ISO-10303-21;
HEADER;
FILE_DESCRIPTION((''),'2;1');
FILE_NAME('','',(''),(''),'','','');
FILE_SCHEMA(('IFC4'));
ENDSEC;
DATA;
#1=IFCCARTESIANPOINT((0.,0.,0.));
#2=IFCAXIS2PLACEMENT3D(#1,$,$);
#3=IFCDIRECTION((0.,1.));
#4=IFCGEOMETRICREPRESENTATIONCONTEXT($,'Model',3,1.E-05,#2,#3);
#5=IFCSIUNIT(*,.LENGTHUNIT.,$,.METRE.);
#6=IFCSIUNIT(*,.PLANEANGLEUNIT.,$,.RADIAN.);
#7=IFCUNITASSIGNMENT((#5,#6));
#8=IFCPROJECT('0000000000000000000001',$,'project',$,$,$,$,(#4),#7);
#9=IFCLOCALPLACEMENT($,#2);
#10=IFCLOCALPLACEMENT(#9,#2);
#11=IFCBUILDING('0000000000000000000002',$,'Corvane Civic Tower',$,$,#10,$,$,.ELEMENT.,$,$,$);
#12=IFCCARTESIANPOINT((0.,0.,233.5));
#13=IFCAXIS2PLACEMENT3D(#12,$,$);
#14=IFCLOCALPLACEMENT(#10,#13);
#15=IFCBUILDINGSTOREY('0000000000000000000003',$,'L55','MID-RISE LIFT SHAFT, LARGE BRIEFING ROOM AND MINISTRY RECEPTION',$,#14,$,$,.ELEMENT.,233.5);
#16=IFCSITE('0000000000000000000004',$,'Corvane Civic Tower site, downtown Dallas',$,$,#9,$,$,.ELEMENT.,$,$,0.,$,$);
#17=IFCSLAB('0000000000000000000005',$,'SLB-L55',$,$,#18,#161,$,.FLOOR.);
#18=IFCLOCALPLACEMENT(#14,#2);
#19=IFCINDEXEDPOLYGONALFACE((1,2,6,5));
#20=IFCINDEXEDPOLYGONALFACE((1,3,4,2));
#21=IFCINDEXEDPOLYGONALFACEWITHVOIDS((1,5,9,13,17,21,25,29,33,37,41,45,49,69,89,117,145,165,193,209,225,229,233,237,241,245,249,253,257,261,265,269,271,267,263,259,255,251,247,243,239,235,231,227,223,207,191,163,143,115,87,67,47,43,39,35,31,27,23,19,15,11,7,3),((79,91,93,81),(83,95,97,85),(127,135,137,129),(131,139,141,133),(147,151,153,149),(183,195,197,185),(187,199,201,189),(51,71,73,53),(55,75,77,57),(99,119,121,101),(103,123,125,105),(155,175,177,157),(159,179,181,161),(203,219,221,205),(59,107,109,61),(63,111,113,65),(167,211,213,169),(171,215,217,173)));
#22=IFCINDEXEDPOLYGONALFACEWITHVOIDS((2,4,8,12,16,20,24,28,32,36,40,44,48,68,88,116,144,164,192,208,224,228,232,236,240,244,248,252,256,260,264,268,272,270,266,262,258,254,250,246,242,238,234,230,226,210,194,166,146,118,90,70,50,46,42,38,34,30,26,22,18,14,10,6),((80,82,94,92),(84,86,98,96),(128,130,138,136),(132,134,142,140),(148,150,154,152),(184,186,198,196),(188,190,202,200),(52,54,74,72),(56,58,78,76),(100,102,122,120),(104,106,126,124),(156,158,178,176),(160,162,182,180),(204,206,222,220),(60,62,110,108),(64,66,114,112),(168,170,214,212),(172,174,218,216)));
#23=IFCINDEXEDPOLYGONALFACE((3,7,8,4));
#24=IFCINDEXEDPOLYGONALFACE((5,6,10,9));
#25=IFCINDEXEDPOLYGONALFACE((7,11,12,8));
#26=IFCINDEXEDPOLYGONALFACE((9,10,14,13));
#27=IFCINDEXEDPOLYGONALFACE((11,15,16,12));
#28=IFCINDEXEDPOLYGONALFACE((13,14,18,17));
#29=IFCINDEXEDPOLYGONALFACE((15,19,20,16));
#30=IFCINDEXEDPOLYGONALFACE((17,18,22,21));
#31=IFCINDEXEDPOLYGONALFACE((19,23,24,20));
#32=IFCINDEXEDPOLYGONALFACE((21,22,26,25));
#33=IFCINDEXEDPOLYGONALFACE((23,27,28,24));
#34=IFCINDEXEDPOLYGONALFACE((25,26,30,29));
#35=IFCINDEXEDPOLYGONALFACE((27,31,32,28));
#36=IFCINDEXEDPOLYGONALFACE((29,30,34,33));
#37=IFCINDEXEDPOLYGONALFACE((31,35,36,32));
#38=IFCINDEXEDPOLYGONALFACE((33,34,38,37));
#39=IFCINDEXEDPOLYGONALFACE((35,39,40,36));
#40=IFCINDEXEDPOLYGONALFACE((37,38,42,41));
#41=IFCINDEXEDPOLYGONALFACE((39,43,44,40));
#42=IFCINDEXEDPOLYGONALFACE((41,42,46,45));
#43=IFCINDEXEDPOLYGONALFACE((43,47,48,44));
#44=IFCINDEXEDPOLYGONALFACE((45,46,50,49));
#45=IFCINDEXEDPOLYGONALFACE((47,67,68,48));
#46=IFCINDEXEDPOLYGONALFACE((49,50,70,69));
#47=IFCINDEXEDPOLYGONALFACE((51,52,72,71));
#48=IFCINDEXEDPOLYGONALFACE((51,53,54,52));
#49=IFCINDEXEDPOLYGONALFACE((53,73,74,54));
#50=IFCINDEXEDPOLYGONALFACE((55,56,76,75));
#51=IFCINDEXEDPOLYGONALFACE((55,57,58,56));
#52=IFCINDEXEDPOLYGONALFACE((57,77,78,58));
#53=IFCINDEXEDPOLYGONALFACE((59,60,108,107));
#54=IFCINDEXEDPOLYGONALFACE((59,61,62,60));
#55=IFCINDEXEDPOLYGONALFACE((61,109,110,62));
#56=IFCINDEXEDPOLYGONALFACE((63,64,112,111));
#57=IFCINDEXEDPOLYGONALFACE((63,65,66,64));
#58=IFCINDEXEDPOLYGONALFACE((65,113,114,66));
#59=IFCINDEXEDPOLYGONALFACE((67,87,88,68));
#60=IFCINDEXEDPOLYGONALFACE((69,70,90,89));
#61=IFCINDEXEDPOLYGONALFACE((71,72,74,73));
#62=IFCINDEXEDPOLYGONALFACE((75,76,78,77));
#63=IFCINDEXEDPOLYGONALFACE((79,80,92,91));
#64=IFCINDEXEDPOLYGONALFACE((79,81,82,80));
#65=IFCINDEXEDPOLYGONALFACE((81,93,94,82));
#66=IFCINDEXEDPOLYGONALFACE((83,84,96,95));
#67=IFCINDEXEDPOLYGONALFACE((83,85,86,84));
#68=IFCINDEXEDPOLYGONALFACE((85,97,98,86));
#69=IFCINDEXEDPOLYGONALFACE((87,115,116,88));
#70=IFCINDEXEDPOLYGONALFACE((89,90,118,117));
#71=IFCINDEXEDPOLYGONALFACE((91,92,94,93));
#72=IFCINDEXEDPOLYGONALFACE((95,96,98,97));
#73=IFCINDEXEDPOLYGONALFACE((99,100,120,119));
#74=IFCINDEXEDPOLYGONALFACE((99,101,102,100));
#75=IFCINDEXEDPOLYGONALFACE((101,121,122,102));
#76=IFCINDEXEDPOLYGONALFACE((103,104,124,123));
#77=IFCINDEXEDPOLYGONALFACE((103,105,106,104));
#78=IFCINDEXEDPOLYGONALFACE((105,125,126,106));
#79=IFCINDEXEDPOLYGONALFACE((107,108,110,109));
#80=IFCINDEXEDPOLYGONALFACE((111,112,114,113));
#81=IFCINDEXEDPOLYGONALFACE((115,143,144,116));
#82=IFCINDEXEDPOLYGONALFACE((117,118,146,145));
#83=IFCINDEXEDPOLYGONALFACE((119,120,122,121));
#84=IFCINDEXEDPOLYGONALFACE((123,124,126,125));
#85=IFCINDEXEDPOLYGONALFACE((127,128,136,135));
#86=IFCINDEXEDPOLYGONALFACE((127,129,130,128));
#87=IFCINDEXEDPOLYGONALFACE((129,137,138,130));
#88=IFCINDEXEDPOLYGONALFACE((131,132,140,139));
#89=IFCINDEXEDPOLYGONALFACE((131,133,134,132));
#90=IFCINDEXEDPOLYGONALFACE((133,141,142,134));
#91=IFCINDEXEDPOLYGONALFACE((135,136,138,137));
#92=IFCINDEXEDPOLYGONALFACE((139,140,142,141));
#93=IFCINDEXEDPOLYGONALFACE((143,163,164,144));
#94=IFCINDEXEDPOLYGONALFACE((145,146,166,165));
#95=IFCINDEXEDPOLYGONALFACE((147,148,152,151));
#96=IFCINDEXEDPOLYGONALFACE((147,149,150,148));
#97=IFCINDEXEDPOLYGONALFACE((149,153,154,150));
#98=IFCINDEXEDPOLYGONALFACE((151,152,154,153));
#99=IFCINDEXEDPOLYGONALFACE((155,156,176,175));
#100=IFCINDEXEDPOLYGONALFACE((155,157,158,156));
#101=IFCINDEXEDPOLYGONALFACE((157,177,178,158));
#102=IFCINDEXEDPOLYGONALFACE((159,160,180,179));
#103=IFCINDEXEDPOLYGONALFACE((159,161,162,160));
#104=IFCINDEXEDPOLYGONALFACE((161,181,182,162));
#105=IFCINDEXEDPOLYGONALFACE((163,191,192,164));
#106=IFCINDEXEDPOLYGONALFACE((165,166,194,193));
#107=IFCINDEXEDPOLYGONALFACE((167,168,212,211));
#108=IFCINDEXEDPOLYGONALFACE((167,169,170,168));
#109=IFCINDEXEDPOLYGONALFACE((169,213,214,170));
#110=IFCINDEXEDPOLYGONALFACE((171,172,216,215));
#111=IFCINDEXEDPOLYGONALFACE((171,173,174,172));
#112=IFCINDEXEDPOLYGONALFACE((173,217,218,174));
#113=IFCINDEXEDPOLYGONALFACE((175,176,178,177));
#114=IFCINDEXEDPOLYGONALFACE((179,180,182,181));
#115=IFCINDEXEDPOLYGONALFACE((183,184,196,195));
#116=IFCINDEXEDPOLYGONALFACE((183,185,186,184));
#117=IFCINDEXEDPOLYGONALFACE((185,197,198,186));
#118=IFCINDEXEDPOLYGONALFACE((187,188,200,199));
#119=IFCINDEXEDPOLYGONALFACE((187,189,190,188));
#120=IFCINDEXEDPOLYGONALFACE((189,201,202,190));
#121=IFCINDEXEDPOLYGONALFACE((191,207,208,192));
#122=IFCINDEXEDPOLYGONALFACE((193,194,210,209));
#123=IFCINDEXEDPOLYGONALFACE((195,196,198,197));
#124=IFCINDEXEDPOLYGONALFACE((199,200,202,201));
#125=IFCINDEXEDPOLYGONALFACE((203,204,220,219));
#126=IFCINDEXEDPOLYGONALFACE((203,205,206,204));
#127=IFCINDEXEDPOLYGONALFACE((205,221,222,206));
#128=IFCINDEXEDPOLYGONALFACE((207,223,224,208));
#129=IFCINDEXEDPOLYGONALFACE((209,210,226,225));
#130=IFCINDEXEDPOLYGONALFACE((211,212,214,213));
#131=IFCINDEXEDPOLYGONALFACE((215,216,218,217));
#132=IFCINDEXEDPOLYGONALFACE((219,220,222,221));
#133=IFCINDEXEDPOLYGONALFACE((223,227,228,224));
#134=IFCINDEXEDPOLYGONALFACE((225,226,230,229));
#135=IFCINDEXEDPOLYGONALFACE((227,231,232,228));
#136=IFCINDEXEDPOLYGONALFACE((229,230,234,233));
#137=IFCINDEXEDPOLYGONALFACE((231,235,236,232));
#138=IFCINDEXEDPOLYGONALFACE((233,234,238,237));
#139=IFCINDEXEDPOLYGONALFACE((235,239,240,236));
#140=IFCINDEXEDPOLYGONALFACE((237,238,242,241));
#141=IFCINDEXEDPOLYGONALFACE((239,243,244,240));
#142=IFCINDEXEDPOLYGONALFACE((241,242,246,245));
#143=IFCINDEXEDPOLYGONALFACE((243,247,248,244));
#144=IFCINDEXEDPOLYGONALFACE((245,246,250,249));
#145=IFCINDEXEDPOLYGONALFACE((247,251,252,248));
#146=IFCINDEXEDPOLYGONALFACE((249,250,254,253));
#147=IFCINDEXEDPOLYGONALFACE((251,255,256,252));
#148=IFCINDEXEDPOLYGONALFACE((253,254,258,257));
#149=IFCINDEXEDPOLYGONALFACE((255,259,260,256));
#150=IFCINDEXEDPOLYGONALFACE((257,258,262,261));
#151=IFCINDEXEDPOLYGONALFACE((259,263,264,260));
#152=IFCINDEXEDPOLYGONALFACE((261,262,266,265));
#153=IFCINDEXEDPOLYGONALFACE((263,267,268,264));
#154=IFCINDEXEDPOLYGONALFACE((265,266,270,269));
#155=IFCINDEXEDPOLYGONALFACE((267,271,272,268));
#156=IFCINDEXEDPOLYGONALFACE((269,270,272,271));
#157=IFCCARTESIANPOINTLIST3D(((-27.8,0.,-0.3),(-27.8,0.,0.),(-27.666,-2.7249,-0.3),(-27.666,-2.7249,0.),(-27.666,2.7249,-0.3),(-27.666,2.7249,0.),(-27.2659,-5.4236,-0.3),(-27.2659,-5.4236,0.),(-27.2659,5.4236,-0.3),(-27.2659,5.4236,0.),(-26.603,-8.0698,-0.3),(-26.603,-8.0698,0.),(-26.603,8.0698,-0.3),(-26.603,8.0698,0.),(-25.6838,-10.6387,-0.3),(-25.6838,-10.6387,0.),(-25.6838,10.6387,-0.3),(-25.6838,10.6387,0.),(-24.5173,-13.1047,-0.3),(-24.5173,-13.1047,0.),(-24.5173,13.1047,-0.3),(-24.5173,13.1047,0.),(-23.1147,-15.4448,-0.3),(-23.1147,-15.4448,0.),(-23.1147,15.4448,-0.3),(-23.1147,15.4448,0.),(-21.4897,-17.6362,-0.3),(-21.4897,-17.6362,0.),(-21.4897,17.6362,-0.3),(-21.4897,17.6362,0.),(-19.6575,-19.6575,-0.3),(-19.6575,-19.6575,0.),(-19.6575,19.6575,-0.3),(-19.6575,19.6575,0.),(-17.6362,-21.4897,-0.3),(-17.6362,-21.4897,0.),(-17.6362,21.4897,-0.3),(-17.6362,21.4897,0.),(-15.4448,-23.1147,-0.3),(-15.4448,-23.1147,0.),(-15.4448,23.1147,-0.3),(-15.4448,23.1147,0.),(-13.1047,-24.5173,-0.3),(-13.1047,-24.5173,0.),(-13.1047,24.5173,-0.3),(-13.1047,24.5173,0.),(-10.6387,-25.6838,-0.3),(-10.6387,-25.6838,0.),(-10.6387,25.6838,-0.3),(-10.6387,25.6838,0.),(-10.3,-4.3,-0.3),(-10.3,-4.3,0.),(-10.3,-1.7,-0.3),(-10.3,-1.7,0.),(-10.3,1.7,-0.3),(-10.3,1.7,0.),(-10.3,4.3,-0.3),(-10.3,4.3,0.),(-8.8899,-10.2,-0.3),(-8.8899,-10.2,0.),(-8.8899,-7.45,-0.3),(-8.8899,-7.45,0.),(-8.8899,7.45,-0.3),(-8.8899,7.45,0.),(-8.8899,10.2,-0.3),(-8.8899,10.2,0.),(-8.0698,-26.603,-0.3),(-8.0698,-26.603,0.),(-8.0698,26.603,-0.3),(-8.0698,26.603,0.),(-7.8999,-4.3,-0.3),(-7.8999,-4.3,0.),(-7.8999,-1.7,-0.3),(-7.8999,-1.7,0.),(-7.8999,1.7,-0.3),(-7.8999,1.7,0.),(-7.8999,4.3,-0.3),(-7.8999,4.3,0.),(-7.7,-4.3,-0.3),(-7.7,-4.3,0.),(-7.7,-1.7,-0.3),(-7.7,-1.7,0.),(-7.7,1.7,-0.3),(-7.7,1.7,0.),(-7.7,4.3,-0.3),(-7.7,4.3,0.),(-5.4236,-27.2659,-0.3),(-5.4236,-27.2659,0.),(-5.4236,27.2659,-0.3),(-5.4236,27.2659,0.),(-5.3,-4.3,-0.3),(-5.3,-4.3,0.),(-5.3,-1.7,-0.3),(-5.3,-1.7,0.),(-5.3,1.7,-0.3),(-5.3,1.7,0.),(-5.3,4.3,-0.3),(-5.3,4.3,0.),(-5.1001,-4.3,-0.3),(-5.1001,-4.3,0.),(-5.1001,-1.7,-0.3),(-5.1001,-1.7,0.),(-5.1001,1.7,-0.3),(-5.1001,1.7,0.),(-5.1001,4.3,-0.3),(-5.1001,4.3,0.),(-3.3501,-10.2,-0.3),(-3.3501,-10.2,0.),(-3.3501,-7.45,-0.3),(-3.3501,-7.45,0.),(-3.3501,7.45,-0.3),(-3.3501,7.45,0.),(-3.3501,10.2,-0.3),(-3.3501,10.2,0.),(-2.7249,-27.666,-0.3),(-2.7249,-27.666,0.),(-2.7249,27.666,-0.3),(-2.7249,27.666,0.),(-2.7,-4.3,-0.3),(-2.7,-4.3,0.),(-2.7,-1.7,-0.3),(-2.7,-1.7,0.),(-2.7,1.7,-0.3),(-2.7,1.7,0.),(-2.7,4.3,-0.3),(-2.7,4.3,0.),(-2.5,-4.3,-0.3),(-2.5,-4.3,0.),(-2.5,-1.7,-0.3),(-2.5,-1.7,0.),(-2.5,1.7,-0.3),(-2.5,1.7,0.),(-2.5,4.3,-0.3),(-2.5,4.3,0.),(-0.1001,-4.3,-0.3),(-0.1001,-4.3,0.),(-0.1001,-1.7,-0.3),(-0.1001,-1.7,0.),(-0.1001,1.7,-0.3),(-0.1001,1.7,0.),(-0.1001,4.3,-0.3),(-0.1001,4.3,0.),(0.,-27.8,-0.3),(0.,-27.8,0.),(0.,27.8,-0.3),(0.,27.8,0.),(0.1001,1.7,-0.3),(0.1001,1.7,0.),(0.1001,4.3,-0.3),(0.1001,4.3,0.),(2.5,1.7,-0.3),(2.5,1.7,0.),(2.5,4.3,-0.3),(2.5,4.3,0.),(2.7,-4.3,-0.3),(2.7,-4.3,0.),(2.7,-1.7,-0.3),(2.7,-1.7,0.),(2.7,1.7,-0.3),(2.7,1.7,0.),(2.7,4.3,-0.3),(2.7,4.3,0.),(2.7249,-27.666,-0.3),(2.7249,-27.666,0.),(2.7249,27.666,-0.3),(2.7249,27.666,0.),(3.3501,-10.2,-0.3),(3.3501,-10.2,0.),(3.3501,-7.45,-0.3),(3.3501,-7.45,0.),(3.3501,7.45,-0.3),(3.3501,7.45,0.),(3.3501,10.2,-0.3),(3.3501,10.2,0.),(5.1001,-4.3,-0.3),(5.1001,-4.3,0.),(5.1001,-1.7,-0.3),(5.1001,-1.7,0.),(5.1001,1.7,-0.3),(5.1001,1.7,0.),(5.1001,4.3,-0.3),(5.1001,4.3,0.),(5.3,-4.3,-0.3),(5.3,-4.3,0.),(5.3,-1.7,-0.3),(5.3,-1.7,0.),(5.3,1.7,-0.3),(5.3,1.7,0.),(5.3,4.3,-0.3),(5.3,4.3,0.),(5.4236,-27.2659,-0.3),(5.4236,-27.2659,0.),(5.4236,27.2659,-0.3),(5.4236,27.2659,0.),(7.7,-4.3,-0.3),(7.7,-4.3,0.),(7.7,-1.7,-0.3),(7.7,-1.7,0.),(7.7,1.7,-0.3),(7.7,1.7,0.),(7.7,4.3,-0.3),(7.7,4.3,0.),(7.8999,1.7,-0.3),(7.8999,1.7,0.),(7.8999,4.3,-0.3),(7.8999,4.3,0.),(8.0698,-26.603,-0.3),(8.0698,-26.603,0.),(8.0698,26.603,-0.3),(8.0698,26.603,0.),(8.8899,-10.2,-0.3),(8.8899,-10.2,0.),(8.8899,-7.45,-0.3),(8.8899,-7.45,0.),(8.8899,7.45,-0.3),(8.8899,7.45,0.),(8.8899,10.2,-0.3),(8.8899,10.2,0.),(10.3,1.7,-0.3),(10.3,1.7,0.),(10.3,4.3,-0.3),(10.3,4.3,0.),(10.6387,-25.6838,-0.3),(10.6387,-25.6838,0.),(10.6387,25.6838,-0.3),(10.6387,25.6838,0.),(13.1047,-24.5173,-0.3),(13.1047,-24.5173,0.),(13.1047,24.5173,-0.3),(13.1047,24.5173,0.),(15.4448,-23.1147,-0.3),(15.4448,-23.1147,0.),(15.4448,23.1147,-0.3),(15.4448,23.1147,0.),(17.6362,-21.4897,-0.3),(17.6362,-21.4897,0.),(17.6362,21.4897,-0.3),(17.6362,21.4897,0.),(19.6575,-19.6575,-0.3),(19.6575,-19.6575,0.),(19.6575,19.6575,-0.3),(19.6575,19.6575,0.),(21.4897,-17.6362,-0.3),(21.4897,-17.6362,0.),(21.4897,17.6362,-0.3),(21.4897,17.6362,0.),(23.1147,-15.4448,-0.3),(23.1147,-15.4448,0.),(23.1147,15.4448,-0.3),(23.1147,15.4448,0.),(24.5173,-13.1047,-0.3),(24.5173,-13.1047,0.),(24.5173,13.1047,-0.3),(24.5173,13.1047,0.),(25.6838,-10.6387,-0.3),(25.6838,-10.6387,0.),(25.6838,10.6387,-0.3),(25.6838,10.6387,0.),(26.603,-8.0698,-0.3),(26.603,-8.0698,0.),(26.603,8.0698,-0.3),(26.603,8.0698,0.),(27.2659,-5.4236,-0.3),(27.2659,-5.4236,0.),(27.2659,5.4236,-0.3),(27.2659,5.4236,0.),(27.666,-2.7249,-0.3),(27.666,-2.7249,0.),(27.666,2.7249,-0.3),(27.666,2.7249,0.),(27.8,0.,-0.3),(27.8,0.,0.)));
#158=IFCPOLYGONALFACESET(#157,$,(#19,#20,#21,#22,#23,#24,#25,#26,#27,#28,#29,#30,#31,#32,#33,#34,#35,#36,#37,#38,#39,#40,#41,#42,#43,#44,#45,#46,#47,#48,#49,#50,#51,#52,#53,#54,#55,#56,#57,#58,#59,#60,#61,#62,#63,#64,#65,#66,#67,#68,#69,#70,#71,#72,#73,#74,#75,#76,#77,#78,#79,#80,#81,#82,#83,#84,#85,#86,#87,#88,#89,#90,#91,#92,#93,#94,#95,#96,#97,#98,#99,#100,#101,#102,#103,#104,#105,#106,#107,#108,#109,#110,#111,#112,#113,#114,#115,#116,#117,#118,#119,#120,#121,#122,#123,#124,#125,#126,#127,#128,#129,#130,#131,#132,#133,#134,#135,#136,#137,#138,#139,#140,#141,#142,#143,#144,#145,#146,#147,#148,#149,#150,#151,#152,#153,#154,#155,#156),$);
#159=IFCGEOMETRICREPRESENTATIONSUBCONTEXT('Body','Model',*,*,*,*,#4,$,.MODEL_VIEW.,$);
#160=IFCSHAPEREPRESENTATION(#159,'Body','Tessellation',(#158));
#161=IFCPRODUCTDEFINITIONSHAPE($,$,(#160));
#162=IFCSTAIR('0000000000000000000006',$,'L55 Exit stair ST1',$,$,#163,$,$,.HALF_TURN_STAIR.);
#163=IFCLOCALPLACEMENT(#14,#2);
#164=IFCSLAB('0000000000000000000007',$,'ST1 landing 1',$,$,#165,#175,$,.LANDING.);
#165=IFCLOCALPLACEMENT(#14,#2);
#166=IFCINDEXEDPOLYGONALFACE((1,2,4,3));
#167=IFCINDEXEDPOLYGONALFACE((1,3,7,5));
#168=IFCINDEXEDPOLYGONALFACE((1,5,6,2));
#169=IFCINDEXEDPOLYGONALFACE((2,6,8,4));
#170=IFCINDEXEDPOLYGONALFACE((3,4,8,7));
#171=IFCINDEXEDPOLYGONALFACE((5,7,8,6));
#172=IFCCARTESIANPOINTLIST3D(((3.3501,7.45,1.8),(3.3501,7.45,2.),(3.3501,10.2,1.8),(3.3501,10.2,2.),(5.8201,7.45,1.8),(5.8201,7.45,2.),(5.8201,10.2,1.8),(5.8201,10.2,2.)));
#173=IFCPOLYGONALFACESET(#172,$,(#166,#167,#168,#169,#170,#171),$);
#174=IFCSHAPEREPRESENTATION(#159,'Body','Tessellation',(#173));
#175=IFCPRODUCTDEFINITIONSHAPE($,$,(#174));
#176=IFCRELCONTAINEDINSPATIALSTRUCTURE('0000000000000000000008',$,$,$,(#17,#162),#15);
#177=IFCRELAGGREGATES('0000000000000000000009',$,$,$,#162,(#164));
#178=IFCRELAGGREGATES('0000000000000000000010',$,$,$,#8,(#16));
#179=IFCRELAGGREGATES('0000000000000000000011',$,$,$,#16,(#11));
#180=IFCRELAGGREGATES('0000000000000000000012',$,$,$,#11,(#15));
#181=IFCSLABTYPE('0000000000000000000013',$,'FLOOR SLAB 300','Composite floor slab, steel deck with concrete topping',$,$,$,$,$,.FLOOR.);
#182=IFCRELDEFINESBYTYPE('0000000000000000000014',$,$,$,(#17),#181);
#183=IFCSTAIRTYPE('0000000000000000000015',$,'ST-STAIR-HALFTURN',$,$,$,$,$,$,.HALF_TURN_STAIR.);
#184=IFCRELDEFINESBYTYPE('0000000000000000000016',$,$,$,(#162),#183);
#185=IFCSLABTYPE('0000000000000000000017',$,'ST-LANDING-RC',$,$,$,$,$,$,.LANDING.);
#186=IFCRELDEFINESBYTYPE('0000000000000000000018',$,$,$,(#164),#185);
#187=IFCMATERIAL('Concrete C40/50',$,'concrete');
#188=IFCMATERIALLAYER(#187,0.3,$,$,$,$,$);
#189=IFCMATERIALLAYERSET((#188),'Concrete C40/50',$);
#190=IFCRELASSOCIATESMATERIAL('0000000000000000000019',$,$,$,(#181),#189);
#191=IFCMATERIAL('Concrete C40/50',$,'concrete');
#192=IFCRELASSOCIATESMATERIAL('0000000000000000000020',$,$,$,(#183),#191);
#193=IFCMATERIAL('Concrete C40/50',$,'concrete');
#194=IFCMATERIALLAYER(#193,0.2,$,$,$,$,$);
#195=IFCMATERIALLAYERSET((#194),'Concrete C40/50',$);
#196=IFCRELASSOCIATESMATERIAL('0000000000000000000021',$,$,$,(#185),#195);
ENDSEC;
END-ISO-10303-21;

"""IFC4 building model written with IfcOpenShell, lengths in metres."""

from ifc_helpers import new_model, si_unit, direction, frame, origin, place, context, subcontext, project, spatial, polyline, outline, extrude, material, layer, layer_set, type_object, element, aggregate, save


model = new_model("IFC4")

# Units and contexts
model_context = context("Model", 3, precision=1e-05, world=origin(), true_north=direction((0.0, 1.0)))
body_context = subcontext(model_context, "Body", "Model", "MODEL_VIEW")
ifc_project = project(units=[si_unit("LENGTHUNIT", "METRE"), si_unit("PLANEANGLEUNIT", "RADIAN")], contexts=[model_context])

# Site, building, storey
site_placement = place(None, origin())
site = spatial("IfcSite", under=ifc_project, at=site_placement, Name="Corvane Civic Tower site, downtown Dallas", CompositionType="ELEMENT", RefElevation=0.0)
building_placement = place(site_placement, origin())
building = spatial("IfcBuilding", under=site, at=building_placement, Name="Corvane Civic Tower", CompositionType="ELEMENT")
storey_placement = place(building_placement, frame((0.0, 0.0, 233.5)))
storey = spatial("IfcBuildingStorey", under=building, at=storey_placement, Name="L55", Description="MID-RISE LIFT SHAFT, LARGE BRIEFING ROOM AND MINISTRY RECEPTION", CompositionType="ELEMENT", Elevation=233.5)

# Slab
ifc_material_1 = material(Name="Concrete C40/50", Category="concrete")
ifc_layer_1 = layer(ifc_material_1, 0.3)
ifc_layer_set_1 = layer_set([ifc_layer_1], Name="Concrete C40/50")
slab_type_1 = type_object("IfcSlabType", Name="FLOOR SLAB 300", Description="Composite floor slab, steel deck with concrete topping", PredefinedType="FLOOR", material=ifc_layer_set_1)
slab_1_placement = place(storey_placement, frame((0.0, 0.0, -0.3)))
element("IfcSlab", 1, at=slab_1_placement, inside=storey, type_object=slab_type_1, Name="SLB-L55", PredefinedType="FLOOR", context=body_context, shape_type="SweptSolid", body=[
    extrude(outline(polyline([(0.0, 27.8), (-2.7249, 27.666), (-5.4236, 27.2659), (-8.0698, 26.603), (-10.6387, 25.6838), (-13.1047, 24.5173), (-15.4448, 23.1147), (-17.6362, 21.4897), (-19.6575, 19.6575), (-21.4897, 17.6362), (-23.1147, 15.4448), (-24.5173, 13.1047), (-25.6838, 10.6387), (-26.603, 8.0698), (-27.2659, 5.4236), (-27.666, 2.7249), (-27.8, 0.0), (-27.666, -2.7249), (-27.2659, -5.4236), (-26.603, -8.0698), (-25.6838, -10.6387), (-24.5173, -13.1047), (-23.1147, -15.4448), (-21.4897, -17.6362), (-19.6575, -19.6575), (-17.6362, -21.4897), (-15.4448, -23.1147), (-13.1047, -24.5173), (-10.6387, -25.6838), (-8.0698, -26.603), (-5.4236, -27.2659), (-2.7249, -27.666), (0.0, -27.8), (2.7249, -27.666), (5.4236, -27.2659), (8.0698, -26.603), (10.6387, -25.6838), (13.1047, -24.5173), (15.4448, -23.1147), (17.6362, -21.4897), (19.6575, -19.6575), (21.4897, -17.6362), (23.1147, -15.4448), (24.5173, -13.1047), (25.6838, -10.6387), (26.603, -8.0698), (27.2659, -5.4236), (27.666, -2.7249), (27.8, 0.0), (27.666, 2.7249), (27.2659, 5.4236), (26.603, 8.0698), (25.6838, 10.6387), (24.5173, 13.1047), (23.1147, 15.4448), (21.4897, 17.6362), (19.6575, 19.6575), (17.6362, 21.4897), (15.4448, 23.1147), (13.1047, 24.5173), (10.6387, 25.6838), (8.0698, 26.603), (5.4236, 27.2659), (2.7249, 27.666), (0.0, 27.8)]), holes=[polyline([(-10.3, 4.3), (-7.8999, 4.3), (-7.8999, 1.7), (-10.3, 1.7), (-10.3, 4.3)]), polyline([(-5.3, 1.7), (-7.7, 1.7), (-7.7, 4.3), (-5.3, 4.3), (-5.3, 1.7)]), polyline([(-5.1001, 4.3), (-2.7, 4.3), (-2.7, 1.7), (-5.1001, 1.7), (-5.1001, 4.3)]), polyline([(-0.1001, 4.3), (-0.1001, 1.7), (-2.5, 1.7), (-2.5, 4.3), (-0.1001, 4.3)]), polyline([(2.5, 4.3), (2.5, 1.7), (0.1001, 1.7), (0.1001, 4.3), (2.5, 4.3)]), polyline([(2.7, 4.3), (5.1001, 4.3), (5.1001, 1.7), (2.7, 1.7), (2.7, 4.3)]), polyline([(5.3, 4.3), (7.7, 4.3), (7.7, 1.7), (5.3, 1.7), (5.3, 4.3)]), polyline([(7.8999, 4.3), (10.3, 4.3), (10.3, 1.7), (7.8999, 1.7), (7.8999, 4.3)]), polyline([(-10.3, -4.3), (-10.3, -1.7), (-7.8999, -1.7), (-7.8999, -4.3), (-10.3, -4.3)]), polyline([(-5.3, -1.7), (-5.3, -4.3), (-7.7, -4.3), (-7.7, -1.7), (-5.3, -1.7)]), polyline([(-5.1001, -4.3), (-5.1001, -1.7), (-2.7, -1.7), (-2.7, -4.3), (-5.1001, -4.3)]), polyline([(-0.1001, -1.7), (-0.1001, -4.3), (-2.5, -4.3), (-2.5, -1.7), (-0.1001, -1.7)]), polyline([(5.1001, -1.7), (5.1001, -4.3), (2.7, -4.3), (2.7, -1.7), (5.1001, -1.7)]), polyline([(7.7, -1.7), (7.7, -4.3), (5.3, -4.3), (5.3, -1.7), (7.7, -1.7)]), polyline([(8.8899, 10.2), (8.8899, 7.45), (3.3501, 7.45), (3.3501, 10.2), (8.8899, 10.2)]), polyline([(-8.8899, 7.45), (-8.8899, 10.2), (-3.3501, 10.2), (-3.3501, 7.45), (-8.8899, 7.45)]), polyline([(8.8899, -7.45), (8.8899, -10.2), (3.3501, -10.2), (3.3501, -7.45), (8.8899, -7.45)]), polyline([(-8.8899, -10.2), (-8.8899, -7.45), (-3.3501, -7.45), (-3.3501, -10.2), (-8.8899, -10.2)])]), origin(), (0.0, 0.0, 1.0), 0.3),
])

# Stair, slab
ifc_material_2 = material(Name="Concrete C40/50", Category="concrete")
stair_type = type_object("IfcStairType", Name="ST-STAIR-HALFTURN", PredefinedType="HALF_TURN_STAIR", material=ifc_material_2)
stair_1_placement = place(storey_placement, origin())
stair_1 = element("IfcStair", 2, at=stair_1_placement, inside=storey, type_object=stair_type, Name="L55 Exit stair ST1", PredefinedType="HALF_TURN_STAIR")
ifc_material_3 = material(Name="Concrete C40/50", Category="concrete")
ifc_layer_2 = layer(ifc_material_3, 0.2)
ifc_layer_set_2 = layer_set([ifc_layer_2], Name="Concrete C40/50")
slab_type_2 = type_object("IfcSlabType", Name="ST-LANDING-RC", PredefinedType="LANDING", material=ifc_layer_set_2)
slab_2_placement = place(storey_placement, frame((0.0, 0.0, 1.8)))
slab_2 = element("IfcSlab", 3, at=slab_2_placement, type_object=slab_type_2, Name="ST1 landing 1", PredefinedType="LANDING", context=body_context, shape_type="SweptSolid", body=[
    extrude(outline(polyline([(5.8201, 10.2), (3.3501, 10.2), (3.3501, 7.45), (5.8201, 7.45), (5.8201, 10.2)])), origin(), (0.0, 0.0, 1.0), 0.2),
])
aggregate(stair_1, [slab_2])

save(model, "model.ifc")
